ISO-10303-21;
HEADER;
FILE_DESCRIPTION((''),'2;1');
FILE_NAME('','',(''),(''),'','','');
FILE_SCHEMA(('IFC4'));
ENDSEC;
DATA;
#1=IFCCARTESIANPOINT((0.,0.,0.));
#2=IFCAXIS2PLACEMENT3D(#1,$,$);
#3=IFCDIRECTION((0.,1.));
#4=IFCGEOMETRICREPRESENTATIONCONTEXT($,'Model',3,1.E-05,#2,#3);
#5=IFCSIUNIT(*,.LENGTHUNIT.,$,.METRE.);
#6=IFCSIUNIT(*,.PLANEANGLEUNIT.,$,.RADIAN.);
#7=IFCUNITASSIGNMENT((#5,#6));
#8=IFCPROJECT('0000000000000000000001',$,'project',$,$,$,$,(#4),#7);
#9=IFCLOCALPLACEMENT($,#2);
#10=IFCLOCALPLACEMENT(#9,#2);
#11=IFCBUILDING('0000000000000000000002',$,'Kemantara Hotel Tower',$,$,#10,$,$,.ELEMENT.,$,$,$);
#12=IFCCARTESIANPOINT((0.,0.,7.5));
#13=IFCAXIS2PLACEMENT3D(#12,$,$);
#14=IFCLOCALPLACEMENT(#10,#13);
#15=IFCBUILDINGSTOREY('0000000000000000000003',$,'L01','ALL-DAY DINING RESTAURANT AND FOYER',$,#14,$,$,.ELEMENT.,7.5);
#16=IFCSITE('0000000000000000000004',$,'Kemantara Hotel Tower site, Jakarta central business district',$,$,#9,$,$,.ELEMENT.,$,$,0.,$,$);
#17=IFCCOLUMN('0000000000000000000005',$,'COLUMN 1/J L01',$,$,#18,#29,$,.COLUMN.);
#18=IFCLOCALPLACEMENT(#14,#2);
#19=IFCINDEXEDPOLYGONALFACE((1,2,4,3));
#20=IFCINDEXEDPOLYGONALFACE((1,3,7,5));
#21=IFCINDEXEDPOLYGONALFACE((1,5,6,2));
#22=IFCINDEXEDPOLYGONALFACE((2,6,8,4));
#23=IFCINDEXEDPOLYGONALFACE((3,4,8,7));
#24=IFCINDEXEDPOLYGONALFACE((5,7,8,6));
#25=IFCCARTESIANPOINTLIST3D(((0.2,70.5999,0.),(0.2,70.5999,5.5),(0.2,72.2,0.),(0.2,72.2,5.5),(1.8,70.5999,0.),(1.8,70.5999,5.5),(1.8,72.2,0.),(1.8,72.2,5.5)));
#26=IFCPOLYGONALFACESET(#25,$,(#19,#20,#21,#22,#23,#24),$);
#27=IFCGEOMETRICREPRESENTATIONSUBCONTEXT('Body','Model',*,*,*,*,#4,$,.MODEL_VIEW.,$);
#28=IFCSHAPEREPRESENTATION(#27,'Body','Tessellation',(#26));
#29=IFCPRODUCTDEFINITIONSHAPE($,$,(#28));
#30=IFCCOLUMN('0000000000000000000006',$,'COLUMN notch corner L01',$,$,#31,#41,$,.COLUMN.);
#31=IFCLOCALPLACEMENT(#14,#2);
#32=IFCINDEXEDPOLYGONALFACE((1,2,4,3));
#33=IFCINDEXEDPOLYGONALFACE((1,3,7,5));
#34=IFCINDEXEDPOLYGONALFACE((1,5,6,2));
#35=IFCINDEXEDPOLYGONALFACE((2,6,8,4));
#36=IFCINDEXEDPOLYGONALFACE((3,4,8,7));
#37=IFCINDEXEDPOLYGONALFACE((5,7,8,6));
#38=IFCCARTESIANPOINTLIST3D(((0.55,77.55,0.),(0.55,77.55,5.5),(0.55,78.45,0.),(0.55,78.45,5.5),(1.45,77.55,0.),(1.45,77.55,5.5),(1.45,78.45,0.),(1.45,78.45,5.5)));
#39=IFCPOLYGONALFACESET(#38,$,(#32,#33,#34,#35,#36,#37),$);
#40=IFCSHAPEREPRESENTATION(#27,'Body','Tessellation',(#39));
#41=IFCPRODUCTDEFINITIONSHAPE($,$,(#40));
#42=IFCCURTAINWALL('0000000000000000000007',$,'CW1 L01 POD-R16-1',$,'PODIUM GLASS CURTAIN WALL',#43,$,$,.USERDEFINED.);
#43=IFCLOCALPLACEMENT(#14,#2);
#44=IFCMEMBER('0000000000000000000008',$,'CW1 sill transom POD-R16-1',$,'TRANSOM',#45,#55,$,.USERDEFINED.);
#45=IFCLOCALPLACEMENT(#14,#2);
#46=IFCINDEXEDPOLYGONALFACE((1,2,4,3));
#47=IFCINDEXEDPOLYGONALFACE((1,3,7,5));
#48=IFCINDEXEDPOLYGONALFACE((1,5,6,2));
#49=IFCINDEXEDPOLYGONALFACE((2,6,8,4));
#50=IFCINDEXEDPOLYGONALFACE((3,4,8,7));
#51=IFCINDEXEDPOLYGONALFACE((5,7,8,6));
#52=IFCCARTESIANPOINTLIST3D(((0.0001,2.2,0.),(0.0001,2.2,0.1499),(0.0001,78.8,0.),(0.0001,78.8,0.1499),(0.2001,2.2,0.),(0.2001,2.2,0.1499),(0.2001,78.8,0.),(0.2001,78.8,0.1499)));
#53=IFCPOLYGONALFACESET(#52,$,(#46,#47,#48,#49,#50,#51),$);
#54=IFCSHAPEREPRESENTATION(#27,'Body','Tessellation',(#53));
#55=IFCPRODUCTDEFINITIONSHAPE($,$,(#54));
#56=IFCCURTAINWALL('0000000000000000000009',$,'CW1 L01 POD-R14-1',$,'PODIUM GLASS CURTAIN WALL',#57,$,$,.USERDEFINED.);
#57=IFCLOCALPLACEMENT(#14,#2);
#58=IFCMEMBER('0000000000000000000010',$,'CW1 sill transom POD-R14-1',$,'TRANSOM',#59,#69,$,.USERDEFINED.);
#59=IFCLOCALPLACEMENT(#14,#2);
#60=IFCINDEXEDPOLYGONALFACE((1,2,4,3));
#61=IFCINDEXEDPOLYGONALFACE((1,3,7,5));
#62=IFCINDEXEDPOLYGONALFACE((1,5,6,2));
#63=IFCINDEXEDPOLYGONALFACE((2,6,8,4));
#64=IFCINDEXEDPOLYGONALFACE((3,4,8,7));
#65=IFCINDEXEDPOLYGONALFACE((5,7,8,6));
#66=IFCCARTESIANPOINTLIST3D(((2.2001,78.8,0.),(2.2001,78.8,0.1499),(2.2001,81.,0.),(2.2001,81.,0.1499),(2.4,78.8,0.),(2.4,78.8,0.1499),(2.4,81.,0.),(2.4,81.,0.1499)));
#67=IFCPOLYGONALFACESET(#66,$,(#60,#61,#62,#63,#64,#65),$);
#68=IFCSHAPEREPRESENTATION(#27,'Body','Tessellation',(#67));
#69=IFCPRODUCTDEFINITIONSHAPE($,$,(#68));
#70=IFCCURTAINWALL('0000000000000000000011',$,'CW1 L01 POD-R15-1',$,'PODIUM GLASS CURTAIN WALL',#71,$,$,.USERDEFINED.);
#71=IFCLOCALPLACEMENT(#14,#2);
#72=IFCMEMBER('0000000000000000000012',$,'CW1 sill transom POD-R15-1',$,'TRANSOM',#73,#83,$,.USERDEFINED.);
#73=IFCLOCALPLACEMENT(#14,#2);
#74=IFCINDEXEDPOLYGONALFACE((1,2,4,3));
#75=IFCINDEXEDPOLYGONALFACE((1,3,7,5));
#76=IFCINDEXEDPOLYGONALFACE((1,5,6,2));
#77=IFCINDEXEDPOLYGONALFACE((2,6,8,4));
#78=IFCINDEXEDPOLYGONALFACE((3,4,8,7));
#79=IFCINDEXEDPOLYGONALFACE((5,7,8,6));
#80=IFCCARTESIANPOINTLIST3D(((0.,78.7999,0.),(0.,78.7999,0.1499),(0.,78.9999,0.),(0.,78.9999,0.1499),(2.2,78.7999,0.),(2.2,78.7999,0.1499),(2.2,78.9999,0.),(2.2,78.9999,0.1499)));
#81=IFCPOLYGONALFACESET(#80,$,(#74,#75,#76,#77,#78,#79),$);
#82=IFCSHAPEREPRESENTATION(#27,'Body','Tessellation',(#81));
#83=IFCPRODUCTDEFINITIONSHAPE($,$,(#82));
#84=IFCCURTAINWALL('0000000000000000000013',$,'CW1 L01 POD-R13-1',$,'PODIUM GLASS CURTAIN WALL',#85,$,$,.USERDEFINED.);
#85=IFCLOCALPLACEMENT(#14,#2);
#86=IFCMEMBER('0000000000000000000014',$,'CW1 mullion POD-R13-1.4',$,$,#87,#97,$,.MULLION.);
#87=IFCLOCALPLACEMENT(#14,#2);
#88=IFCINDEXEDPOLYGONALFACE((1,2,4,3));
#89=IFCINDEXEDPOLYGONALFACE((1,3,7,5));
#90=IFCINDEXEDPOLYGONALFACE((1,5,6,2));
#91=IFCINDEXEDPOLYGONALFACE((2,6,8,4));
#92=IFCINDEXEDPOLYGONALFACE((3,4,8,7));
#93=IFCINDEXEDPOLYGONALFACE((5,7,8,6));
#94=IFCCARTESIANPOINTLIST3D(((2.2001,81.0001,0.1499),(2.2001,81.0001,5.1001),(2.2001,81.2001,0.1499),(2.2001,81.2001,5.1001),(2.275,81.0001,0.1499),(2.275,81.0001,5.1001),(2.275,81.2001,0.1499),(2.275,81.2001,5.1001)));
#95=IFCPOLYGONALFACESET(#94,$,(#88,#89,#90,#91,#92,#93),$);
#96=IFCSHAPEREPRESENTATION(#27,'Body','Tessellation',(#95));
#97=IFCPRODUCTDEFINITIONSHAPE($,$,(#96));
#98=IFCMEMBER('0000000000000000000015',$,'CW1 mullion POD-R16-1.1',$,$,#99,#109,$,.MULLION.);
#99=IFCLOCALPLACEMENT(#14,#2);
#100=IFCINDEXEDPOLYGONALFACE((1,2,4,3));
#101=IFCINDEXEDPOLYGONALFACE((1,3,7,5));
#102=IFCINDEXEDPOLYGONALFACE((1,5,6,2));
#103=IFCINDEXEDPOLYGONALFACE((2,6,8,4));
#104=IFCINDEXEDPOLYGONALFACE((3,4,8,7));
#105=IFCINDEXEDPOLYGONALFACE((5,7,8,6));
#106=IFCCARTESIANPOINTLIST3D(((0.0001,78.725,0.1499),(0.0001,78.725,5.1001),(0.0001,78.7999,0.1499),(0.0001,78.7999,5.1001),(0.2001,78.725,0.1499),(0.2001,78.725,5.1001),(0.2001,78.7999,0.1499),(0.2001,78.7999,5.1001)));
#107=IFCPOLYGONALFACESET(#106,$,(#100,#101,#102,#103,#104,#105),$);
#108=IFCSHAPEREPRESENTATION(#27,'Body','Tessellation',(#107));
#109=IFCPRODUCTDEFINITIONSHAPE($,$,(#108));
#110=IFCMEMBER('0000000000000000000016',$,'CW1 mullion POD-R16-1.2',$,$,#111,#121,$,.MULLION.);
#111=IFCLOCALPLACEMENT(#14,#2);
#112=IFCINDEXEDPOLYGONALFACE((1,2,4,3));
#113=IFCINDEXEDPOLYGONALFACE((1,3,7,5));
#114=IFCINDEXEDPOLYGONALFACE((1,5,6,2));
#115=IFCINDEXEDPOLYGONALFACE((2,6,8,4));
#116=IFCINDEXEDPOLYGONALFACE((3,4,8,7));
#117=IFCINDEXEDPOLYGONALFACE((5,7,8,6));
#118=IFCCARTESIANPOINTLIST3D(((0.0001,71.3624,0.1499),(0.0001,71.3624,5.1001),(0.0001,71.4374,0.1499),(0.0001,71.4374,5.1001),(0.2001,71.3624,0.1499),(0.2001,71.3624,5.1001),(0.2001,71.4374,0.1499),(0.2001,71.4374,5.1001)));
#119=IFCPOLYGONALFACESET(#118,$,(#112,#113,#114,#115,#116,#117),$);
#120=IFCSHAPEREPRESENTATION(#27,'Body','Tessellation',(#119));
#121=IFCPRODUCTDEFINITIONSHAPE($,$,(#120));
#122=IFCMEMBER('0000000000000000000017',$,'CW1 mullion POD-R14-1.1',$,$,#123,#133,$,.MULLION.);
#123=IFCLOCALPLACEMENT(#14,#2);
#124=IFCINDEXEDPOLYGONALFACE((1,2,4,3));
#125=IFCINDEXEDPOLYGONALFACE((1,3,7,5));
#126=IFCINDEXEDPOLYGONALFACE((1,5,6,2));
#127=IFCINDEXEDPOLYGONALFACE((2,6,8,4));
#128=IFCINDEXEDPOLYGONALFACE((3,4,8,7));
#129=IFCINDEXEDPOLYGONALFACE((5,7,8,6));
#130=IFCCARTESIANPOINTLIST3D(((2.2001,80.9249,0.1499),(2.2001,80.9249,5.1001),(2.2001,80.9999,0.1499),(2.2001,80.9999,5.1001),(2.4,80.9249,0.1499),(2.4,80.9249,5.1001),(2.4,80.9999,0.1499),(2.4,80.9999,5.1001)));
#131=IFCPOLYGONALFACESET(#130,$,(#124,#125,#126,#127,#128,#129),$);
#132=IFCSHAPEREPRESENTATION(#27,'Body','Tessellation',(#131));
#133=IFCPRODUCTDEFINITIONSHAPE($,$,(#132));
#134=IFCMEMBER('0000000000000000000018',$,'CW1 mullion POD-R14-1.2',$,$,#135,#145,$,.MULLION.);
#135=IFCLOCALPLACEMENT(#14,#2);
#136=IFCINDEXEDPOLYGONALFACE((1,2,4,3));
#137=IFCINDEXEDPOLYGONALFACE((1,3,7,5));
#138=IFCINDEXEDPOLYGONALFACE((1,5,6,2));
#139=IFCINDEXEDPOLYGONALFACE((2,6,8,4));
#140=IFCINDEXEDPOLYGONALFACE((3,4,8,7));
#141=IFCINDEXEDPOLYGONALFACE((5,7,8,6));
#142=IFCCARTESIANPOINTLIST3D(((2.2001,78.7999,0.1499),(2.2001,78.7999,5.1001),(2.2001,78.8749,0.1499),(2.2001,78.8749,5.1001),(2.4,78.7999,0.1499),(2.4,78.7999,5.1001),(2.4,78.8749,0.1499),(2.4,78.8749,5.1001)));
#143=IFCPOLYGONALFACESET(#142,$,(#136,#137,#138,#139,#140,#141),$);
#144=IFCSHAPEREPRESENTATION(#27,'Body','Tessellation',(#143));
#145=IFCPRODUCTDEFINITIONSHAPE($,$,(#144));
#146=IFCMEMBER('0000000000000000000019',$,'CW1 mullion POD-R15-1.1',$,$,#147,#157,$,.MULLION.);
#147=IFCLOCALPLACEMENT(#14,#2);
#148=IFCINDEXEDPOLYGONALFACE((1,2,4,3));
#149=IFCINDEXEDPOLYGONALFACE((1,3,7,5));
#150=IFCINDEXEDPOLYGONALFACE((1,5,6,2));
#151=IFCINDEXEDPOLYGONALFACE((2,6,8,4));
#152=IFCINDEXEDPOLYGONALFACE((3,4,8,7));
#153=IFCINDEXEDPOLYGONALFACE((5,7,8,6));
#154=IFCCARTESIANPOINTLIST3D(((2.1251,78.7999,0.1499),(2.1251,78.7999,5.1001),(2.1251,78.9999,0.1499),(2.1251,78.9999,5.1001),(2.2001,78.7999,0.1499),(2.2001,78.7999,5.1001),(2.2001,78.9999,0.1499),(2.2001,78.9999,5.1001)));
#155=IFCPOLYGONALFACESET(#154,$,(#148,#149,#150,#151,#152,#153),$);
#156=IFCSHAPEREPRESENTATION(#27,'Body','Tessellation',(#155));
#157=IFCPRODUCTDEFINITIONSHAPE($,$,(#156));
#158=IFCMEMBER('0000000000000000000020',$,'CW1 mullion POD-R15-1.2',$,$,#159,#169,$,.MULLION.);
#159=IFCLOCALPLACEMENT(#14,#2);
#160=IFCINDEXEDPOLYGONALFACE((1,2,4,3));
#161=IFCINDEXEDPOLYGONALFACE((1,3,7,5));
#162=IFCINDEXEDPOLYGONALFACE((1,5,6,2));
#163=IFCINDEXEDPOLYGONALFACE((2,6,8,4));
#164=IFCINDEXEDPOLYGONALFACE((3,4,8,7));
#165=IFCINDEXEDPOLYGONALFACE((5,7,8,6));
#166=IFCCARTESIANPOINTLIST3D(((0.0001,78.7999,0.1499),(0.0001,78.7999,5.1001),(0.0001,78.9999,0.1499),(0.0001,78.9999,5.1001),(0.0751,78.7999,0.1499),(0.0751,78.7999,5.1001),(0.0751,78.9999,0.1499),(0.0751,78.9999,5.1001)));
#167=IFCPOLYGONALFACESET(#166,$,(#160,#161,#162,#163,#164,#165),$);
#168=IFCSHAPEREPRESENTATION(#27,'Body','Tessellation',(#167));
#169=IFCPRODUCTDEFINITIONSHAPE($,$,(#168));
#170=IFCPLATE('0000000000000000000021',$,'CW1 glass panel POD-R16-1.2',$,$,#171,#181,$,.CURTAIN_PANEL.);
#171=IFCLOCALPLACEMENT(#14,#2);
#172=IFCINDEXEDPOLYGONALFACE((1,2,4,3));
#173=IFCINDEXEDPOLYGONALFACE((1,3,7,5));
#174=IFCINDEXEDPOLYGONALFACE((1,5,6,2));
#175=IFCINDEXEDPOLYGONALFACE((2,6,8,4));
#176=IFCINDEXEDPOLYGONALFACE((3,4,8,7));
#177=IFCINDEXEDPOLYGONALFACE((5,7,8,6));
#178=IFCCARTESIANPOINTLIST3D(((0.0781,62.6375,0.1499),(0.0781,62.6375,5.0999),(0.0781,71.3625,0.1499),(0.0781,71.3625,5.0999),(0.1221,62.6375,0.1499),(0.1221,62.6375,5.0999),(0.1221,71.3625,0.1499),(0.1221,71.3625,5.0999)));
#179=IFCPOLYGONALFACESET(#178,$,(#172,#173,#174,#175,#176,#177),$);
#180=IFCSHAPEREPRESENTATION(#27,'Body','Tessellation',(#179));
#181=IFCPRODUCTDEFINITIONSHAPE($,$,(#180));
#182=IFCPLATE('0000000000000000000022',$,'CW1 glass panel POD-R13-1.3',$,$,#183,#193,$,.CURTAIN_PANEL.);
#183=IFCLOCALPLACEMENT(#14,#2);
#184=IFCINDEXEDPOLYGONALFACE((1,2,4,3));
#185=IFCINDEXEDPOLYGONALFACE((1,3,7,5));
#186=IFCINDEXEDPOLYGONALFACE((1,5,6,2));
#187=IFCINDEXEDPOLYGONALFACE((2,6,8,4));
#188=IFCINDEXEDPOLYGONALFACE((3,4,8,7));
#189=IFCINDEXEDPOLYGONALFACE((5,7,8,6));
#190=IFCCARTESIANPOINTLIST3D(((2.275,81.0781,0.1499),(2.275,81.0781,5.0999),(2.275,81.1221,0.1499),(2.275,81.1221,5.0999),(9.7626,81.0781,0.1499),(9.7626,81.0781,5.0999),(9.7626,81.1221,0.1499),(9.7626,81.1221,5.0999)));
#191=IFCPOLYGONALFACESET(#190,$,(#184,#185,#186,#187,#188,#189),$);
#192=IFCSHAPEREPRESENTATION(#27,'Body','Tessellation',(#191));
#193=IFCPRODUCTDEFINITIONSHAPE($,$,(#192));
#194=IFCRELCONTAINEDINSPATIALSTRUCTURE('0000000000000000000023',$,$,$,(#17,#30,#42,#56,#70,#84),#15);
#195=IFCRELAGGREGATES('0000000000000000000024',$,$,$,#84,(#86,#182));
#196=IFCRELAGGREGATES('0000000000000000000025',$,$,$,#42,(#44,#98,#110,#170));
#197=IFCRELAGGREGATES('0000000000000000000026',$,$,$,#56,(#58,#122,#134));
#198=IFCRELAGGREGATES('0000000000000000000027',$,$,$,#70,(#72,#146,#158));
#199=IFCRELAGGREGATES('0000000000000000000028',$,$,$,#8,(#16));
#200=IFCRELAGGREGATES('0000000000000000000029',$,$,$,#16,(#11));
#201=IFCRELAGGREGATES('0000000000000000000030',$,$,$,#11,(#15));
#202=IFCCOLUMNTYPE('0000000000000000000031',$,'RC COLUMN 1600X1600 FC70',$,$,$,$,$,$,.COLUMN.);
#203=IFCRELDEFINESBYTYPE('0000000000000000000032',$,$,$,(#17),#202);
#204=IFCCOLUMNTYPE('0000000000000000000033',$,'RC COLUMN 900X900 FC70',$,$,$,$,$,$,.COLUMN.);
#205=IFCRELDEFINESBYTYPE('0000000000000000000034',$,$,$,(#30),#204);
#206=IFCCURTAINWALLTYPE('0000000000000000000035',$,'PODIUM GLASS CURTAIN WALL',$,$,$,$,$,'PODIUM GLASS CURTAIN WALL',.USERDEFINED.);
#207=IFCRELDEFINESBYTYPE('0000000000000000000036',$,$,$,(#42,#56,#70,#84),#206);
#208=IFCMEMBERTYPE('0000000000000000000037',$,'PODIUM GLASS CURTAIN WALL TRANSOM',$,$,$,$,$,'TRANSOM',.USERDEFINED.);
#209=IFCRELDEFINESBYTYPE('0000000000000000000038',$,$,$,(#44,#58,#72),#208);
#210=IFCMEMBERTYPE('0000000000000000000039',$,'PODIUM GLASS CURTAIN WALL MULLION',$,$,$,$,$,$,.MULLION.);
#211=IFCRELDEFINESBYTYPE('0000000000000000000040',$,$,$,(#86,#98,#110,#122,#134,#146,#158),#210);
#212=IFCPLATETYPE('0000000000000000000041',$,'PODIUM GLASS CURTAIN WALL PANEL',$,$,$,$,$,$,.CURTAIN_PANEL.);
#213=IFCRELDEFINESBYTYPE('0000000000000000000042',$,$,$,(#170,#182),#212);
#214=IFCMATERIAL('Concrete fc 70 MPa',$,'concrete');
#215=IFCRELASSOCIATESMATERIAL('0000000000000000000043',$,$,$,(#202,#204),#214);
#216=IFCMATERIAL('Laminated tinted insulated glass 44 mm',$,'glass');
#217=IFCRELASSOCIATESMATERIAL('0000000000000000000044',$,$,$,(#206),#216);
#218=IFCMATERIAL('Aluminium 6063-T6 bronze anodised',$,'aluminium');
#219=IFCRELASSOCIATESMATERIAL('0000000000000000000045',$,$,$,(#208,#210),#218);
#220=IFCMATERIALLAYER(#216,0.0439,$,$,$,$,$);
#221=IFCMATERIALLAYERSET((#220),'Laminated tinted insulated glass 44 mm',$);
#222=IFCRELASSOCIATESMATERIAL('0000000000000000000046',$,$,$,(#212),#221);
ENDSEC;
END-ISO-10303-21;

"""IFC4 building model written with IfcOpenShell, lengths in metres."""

from ifc_helpers import new_model, si_unit, direction, frame, origin, origin_2d, place, context, subcontext, project, spatial, rectangle, extrude, source, transform, mapped, material, layer, layer_set, material_profile, profile_set, type_object, element, aggregate, save


model = new_model("IFC4")

# Units and contexts
model_context = context("Model", 3, precision=1e-05, world=origin(), true_north=direction((0.0, 1.0)))
body_context = subcontext(model_context, "Body", "Model", "MODEL_VIEW")
ifc_project = project(units=[si_unit("LENGTHUNIT", "METRE"), si_unit("PLANEANGLEUNIT", "RADIAN")], contexts=[model_context])

# Site, building, storey
site_placement = place(None, origin())
site = spatial("IfcSite", under=ifc_project, at=site_placement, Name="Kemantara Hotel Tower site, Jakarta central business district", CompositionType="ELEMENT", RefElevation=0.0)
building_placement = place(site_placement, origin())
building = spatial("IfcBuilding", under=site, at=building_placement, Name="Kemantara Hotel Tower", CompositionType="ELEMENT")
storey_placement = place(building_placement, frame((0.0, 0.0, 7.5)))
storey = spatial("IfcBuildingStorey", under=building, at=storey_placement, Name="L01", Description="ALL-DAY DINING RESTAURANT AND FOYER", CompositionType="ELEMENT", Elevation=7.5)

# Columns
ifc_material_1 = material(Name="Concrete fc 70 MPa", Category="concrete")
ifc_material_profile_1 = material_profile(ifc_material_1, rectangle(XDim=1.6001, YDim=1.6001, at=origin_2d()), Name="RC 1600X1600")
ifc_profile_set_1 = profile_set([ifc_material_profile_1], Name="Concrete fc 70 MPa")
column_type_1 = type_object("IfcColumnType", Name="RC COLUMN 1600X1600 FC70", PredefinedType="COLUMN", material=ifc_profile_set_1)
column_1_placement = place(storey_placement, frame((1.0, 71.3999, 0.0), z_axis=(0.0, 0.0, 1.0), x_axis=(1.0, 0.0, 0.0)))
element("IfcColumn", 1, at=column_1_placement, inside=storey, type_object=column_type_1, Name="COLUMN 1/J L01", PredefinedType="COLUMN", context=body_context, shape_type="SweptSolid", body=[
    extrude(rectangle(XDim=1.6001, YDim=1.6001, at=origin_2d()), origin(), (0.0, 0.0, 1.0), 5.5),
])
ifc_material_profile_2 = material_profile(ifc_material_1, rectangle(XDim=0.8999, YDim=0.8999, at=origin_2d()), Name="RC 900X900")
ifc_profile_set_2 = profile_set([ifc_material_profile_2], Name="Concrete fc 70 MPa")
column_type_2 = type_object("IfcColumnType", Name="RC COLUMN 900X900 FC70", PredefinedType="COLUMN", material=ifc_profile_set_2)
column_2_placement = place(storey_placement, frame((1.0, 78.0, 0.0), z_axis=(0.0, 0.0, 1.0), x_axis=(1.0, 0.0, 0.0)))
element("IfcColumn", 2, at=column_2_placement, inside=storey, type_object=column_type_2, Name="COLUMN notch corner L01", PredefinedType="COLUMN", context=body_context, shape_type="SweptSolid", body=[
    extrude(rectangle(XDim=0.8999, YDim=0.8999, at=origin_2d()), origin(), (0.0, 0.0, 1.0), 5.5),
])

# Curtain walls, members
ifc_material_2 = material(Name="Laminated tinted insulated glass 44 mm", Category="glass")
curtain_wall_type = type_object("IfcCurtainWallType", Name="PODIUM GLASS CURTAIN WALL", ElementType="PODIUM GLASS CURTAIN WALL", PredefinedType="USERDEFINED", material=ifc_material_2)
curtain_wall_1_placement = place(storey_placement, origin())
curtain_wall_1 = element("IfcCurtainWall", 3, at=curtain_wall_1_placement, inside=storey, type_object=curtain_wall_type, Name="CW1 L01 POD-R16-1", ObjectType="PODIUM GLASS CURTAIN WALL", PredefinedType="USERDEFINED")
ifc_material_3 = material(Name="Aluminium 6063-T6 bronze anodised", Category="aluminium")
ifc_material_profile_3 = material_profile(ifc_material_3, rectangle(XDim=0.2, YDim=0.1499, at=origin_2d()), Name="PODIUM GLASS CURTAIN WALL TRANSOM")
ifc_profile_set_3 = profile_set([ifc_material_profile_3], Name="Aluminium 6063-T6 bronze anodised")
member_type_1 = type_object("IfcMemberType", Name="PODIUM GLASS CURTAIN WALL TRANSOM", ElementType="TRANSOM", PredefinedType="USERDEFINED", material=ifc_profile_set_3)
member_1_placement = place(storey_placement, frame((0.1001, 78.8, 0.075), z_axis=(0.0, -1.0, 0.0), x_axis=(1.0, 0.0, 0.0)))
member_1 = element("IfcMember", 4, at=member_1_placement, type_object=member_type_1, Name="CW1 sill transom POD-R16-1", ObjectType="TRANSOM", PredefinedType="USERDEFINED", context=body_context, shape_type="SweptSolid", body=[
    extrude(rectangle(XDim=0.2, YDim=0.1499, at=origin_2d()), origin(), (0.0, 0.0, 1.0), 76.6001),
])
curtain_wall_2_placement = place(storey_placement, origin())
curtain_wall_2 = element("IfcCurtainWall", 5, at=curtain_wall_2_placement, inside=storey, type_object=curtain_wall_type, Name="CW1 L01 POD-R14-1", ObjectType="PODIUM GLASS CURTAIN WALL", PredefinedType="USERDEFINED")
member_2_placement = place(storey_placement, frame((2.3, 81.0, 0.075), z_axis=(0.0, -1.0, 0.0), x_axis=(1.0, 0.0, 0.0)))
member_2 = element("IfcMember", 6, at=member_2_placement, type_object=member_type_1, Name="CW1 sill transom POD-R14-1", ObjectType="TRANSOM", PredefinedType="USERDEFINED", context=body_context, shape_type="SweptSolid", body=[
    extrude(rectangle(XDim=0.2, YDim=0.1499, at=origin_2d()), origin(), (0.0, 0.0, 1.0), 2.2),
])
curtain_wall_3_placement = place(storey_placement, origin())
curtain_wall_3 = element("IfcCurtainWall", 7, at=curtain_wall_3_placement, inside=storey, type_object=curtain_wall_type, Name="CW1 L01 POD-R15-1", ObjectType="PODIUM GLASS CURTAIN WALL", PredefinedType="USERDEFINED")
member_3_placement = place(storey_placement, frame((2.2, 78.8999, 0.075), z_axis=(-1.0, 0.0, 0.0), x_axis=(0.0, -1.0, 0.0)))
member_3 = element("IfcMember", 8, at=member_3_placement, type_object=member_type_1, Name="CW1 sill transom POD-R15-1", ObjectType="TRANSOM", PredefinedType="USERDEFINED", context=body_context, shape_type="SweptSolid", body=[
    extrude(rectangle(XDim=0.2, YDim=0.1499, at=origin_2d()), origin(), (0.0, 0.0, 1.0), 2.2),
])
curtain_wall_4_placement = place(storey_placement, origin())
curtain_wall_4 = element("IfcCurtainWall", 9, at=curtain_wall_4_placement, inside=storey, type_object=curtain_wall_type, Name="CW1 L01 POD-R13-1", ObjectType="PODIUM GLASS CURTAIN WALL", PredefinedType="USERDEFINED")
ifc_material_profile_4 = material_profile(ifc_material_3, rectangle(XDim=0.2, YDim=0.075, at=origin_2d()), Name="PODIUM GLASS CURTAIN WALL MULLION")
ifc_profile_set_4 = profile_set([ifc_material_profile_4], Name="Aluminium 6063-T6 bronze anodised")
member_type_2 = type_object("IfcMemberType", Name="PODIUM GLASS CURTAIN WALL MULLION", PredefinedType="MULLION", material=ifc_profile_set_4)
shared_shape_1 = source(origin(), body_context, "Body", "SweptSolid", [
    extrude(rectangle(XDim=0.2, YDim=0.075, at=origin_2d()), origin(), (0.0, 0.0, 1.0), 4.9502),
])
member_4_placement = place(storey_placement, frame((2.2375, 81.1001, 0.1499), z_axis=(0.0, 0.0, 1.0), x_axis=(0.0, -1.0, 0.0)))
member_4 = element("IfcMember", 10, at=member_4_placement, type_object=member_type_2, Name="CW1 mullion POD-R13-1.4", PredefinedType="MULLION", context=body_context, shape_type="MappedRepresentation", body=[
    mapped(shared_shape_1, transform((0.0, 0.0, 0.0))),
])

# Members
member_5_placement = place(storey_placement, frame((0.1001, 78.7625, 0.1499), z_axis=(0.0, 0.0, 1.0), x_axis=(1.0, 0.0, 0.0)))
member_5 = element("IfcMember", 11, at=member_5_placement, type_object=member_type_2, Name="CW1 mullion POD-R16-1.1", PredefinedType="MULLION", context=body_context, shape_type="MappedRepresentation", body=[
    mapped(shared_shape_1, transform((0.0, 0.0, 0.0))),
])
member_6_placement = place(storey_placement, frame((0.1001, 71.3999, 0.1499), z_axis=(0.0, 0.0, 1.0), x_axis=(1.0, 0.0, 0.0)))
member_6 = element("IfcMember", 12, at=member_6_placement, type_object=member_type_2, Name="CW1 mullion POD-R16-1.2", PredefinedType="MULLION", context=body_context, shape_type="MappedRepresentation", body=[
    mapped(shared_shape_1, transform((0.0, 0.0, 0.0))),
])
member_7_placement = place(storey_placement, frame((2.3, 80.9624, 0.1499), z_axis=(0.0, 0.0, 1.0), x_axis=(1.0, 0.0, 0.0)))
member_7 = element("IfcMember", 13, at=member_7_placement, type_object=member_type_2, Name="CW1 mullion POD-R14-1.1", PredefinedType="MULLION", context=body_context, shape_type="MappedRepresentation", body=[
    mapped(shared_shape_1, transform((0.0, 0.0, 0.0))),
])
member_8_placement = place(storey_placement, frame((2.3, 78.8374, 0.1499), z_axis=(0.0, 0.0, 1.0), x_axis=(1.0, 0.0, 0.0)))
member_8 = element("IfcMember", 14, at=member_8_placement, type_object=member_type_2, Name="CW1 mullion POD-R14-1.2", PredefinedType="MULLION", context=body_context, shape_type="MappedRepresentation", body=[
    mapped(shared_shape_1, transform((0.0, 0.0, 0.0))),
])
member_9_placement = place(storey_placement, frame((2.1626, 78.8999, 0.1499), z_axis=(0.0, 0.0, 1.0), x_axis=(0.0, -1.0, 0.0)))
member_9 = element("IfcMember", 15, at=member_9_placement, type_object=member_type_2, Name="CW1 mullion POD-R15-1.1", PredefinedType="MULLION", context=body_context, shape_type="MappedRepresentation", body=[
    mapped(shared_shape_1, transform((0.0, 0.0, 0.0))),
])
member_10_placement = place(storey_placement, frame((0.0376, 78.8999, 0.1499), z_axis=(0.0, 0.0, 1.0), x_axis=(0.0, -1.0, 0.0)))
member_10 = element("IfcMember", 16, at=member_10_placement, type_object=member_type_2, Name="CW1 mullion POD-R15-1.2", PredefinedType="MULLION", context=body_context, shape_type="MappedRepresentation", body=[
    mapped(shared_shape_1, transform((0.0, 0.0, 0.0))),
])

# Plates
ifc_layer_1 = layer(ifc_material_2, 0.0439)
ifc_layer_set_1 = layer_set([ifc_layer_1], Name="Laminated tinted insulated glass 44 mm")
plate_type = type_object("IfcPlateType", Name="PODIUM GLASS CURTAIN WALL PANEL", PredefinedType="CURTAIN_PANEL", material=ifc_layer_set_1)
shared_shape_2 = source(origin(), body_context, "Body", "SweptSolid", [
    extrude(rectangle(XDim=8.7251, YDim=0.0439, at=origin_2d()), origin(), (0.0, 0.0, 1.0), 4.95),
])
plate_1_placement = place(storey_placement, frame((0.1001, 67.0, 0.1499), z_axis=(0.0, 0.0, 1.0), x_axis=(0.0, -1.0, 0.0)))
plate_1 = element("IfcPlate", 17, at=plate_1_placement, type_object=plate_type, Name="CW1 glass panel POD-R16-1.2", PredefinedType="CURTAIN_PANEL", context=body_context, shape_type="MappedRepresentation", body=[
    mapped(shared_shape_2, transform((0.0, 0.0, 0.0))),
])
shared_shape_3 = source(origin(), body_context, "Body", "SweptSolid", [
    extrude(rectangle(XDim=7.4875, YDim=0.0439, at=origin_2d()), origin(), (0.0, 0.0, 1.0), 4.95),
])
plate_2_placement = place(storey_placement, frame((6.0188, 81.1001, 0.1499), z_axis=(0.0, 0.0, 1.0), x_axis=(-1.0, 0.0, 0.0)))
plate_2 = element("IfcPlate", 18, at=plate_2_placement, type_object=plate_type, Name="CW1 glass panel POD-R13-1.3", PredefinedType="CURTAIN_PANEL", context=body_context, shape_type="MappedRepresentation", body=[
    mapped(shared_shape_3, transform((0.0, 0.0, 0.0))),
])
aggregate(curtain_wall_4, [member_4, plate_2])
aggregate(curtain_wall_1, [member_1, member_5, member_6, plate_1])
aggregate(curtain_wall_2, [member_2, member_7, member_8])
aggregate(curtain_wall_3, [member_3, member_9, member_10])

save(model, "model.ifc")
